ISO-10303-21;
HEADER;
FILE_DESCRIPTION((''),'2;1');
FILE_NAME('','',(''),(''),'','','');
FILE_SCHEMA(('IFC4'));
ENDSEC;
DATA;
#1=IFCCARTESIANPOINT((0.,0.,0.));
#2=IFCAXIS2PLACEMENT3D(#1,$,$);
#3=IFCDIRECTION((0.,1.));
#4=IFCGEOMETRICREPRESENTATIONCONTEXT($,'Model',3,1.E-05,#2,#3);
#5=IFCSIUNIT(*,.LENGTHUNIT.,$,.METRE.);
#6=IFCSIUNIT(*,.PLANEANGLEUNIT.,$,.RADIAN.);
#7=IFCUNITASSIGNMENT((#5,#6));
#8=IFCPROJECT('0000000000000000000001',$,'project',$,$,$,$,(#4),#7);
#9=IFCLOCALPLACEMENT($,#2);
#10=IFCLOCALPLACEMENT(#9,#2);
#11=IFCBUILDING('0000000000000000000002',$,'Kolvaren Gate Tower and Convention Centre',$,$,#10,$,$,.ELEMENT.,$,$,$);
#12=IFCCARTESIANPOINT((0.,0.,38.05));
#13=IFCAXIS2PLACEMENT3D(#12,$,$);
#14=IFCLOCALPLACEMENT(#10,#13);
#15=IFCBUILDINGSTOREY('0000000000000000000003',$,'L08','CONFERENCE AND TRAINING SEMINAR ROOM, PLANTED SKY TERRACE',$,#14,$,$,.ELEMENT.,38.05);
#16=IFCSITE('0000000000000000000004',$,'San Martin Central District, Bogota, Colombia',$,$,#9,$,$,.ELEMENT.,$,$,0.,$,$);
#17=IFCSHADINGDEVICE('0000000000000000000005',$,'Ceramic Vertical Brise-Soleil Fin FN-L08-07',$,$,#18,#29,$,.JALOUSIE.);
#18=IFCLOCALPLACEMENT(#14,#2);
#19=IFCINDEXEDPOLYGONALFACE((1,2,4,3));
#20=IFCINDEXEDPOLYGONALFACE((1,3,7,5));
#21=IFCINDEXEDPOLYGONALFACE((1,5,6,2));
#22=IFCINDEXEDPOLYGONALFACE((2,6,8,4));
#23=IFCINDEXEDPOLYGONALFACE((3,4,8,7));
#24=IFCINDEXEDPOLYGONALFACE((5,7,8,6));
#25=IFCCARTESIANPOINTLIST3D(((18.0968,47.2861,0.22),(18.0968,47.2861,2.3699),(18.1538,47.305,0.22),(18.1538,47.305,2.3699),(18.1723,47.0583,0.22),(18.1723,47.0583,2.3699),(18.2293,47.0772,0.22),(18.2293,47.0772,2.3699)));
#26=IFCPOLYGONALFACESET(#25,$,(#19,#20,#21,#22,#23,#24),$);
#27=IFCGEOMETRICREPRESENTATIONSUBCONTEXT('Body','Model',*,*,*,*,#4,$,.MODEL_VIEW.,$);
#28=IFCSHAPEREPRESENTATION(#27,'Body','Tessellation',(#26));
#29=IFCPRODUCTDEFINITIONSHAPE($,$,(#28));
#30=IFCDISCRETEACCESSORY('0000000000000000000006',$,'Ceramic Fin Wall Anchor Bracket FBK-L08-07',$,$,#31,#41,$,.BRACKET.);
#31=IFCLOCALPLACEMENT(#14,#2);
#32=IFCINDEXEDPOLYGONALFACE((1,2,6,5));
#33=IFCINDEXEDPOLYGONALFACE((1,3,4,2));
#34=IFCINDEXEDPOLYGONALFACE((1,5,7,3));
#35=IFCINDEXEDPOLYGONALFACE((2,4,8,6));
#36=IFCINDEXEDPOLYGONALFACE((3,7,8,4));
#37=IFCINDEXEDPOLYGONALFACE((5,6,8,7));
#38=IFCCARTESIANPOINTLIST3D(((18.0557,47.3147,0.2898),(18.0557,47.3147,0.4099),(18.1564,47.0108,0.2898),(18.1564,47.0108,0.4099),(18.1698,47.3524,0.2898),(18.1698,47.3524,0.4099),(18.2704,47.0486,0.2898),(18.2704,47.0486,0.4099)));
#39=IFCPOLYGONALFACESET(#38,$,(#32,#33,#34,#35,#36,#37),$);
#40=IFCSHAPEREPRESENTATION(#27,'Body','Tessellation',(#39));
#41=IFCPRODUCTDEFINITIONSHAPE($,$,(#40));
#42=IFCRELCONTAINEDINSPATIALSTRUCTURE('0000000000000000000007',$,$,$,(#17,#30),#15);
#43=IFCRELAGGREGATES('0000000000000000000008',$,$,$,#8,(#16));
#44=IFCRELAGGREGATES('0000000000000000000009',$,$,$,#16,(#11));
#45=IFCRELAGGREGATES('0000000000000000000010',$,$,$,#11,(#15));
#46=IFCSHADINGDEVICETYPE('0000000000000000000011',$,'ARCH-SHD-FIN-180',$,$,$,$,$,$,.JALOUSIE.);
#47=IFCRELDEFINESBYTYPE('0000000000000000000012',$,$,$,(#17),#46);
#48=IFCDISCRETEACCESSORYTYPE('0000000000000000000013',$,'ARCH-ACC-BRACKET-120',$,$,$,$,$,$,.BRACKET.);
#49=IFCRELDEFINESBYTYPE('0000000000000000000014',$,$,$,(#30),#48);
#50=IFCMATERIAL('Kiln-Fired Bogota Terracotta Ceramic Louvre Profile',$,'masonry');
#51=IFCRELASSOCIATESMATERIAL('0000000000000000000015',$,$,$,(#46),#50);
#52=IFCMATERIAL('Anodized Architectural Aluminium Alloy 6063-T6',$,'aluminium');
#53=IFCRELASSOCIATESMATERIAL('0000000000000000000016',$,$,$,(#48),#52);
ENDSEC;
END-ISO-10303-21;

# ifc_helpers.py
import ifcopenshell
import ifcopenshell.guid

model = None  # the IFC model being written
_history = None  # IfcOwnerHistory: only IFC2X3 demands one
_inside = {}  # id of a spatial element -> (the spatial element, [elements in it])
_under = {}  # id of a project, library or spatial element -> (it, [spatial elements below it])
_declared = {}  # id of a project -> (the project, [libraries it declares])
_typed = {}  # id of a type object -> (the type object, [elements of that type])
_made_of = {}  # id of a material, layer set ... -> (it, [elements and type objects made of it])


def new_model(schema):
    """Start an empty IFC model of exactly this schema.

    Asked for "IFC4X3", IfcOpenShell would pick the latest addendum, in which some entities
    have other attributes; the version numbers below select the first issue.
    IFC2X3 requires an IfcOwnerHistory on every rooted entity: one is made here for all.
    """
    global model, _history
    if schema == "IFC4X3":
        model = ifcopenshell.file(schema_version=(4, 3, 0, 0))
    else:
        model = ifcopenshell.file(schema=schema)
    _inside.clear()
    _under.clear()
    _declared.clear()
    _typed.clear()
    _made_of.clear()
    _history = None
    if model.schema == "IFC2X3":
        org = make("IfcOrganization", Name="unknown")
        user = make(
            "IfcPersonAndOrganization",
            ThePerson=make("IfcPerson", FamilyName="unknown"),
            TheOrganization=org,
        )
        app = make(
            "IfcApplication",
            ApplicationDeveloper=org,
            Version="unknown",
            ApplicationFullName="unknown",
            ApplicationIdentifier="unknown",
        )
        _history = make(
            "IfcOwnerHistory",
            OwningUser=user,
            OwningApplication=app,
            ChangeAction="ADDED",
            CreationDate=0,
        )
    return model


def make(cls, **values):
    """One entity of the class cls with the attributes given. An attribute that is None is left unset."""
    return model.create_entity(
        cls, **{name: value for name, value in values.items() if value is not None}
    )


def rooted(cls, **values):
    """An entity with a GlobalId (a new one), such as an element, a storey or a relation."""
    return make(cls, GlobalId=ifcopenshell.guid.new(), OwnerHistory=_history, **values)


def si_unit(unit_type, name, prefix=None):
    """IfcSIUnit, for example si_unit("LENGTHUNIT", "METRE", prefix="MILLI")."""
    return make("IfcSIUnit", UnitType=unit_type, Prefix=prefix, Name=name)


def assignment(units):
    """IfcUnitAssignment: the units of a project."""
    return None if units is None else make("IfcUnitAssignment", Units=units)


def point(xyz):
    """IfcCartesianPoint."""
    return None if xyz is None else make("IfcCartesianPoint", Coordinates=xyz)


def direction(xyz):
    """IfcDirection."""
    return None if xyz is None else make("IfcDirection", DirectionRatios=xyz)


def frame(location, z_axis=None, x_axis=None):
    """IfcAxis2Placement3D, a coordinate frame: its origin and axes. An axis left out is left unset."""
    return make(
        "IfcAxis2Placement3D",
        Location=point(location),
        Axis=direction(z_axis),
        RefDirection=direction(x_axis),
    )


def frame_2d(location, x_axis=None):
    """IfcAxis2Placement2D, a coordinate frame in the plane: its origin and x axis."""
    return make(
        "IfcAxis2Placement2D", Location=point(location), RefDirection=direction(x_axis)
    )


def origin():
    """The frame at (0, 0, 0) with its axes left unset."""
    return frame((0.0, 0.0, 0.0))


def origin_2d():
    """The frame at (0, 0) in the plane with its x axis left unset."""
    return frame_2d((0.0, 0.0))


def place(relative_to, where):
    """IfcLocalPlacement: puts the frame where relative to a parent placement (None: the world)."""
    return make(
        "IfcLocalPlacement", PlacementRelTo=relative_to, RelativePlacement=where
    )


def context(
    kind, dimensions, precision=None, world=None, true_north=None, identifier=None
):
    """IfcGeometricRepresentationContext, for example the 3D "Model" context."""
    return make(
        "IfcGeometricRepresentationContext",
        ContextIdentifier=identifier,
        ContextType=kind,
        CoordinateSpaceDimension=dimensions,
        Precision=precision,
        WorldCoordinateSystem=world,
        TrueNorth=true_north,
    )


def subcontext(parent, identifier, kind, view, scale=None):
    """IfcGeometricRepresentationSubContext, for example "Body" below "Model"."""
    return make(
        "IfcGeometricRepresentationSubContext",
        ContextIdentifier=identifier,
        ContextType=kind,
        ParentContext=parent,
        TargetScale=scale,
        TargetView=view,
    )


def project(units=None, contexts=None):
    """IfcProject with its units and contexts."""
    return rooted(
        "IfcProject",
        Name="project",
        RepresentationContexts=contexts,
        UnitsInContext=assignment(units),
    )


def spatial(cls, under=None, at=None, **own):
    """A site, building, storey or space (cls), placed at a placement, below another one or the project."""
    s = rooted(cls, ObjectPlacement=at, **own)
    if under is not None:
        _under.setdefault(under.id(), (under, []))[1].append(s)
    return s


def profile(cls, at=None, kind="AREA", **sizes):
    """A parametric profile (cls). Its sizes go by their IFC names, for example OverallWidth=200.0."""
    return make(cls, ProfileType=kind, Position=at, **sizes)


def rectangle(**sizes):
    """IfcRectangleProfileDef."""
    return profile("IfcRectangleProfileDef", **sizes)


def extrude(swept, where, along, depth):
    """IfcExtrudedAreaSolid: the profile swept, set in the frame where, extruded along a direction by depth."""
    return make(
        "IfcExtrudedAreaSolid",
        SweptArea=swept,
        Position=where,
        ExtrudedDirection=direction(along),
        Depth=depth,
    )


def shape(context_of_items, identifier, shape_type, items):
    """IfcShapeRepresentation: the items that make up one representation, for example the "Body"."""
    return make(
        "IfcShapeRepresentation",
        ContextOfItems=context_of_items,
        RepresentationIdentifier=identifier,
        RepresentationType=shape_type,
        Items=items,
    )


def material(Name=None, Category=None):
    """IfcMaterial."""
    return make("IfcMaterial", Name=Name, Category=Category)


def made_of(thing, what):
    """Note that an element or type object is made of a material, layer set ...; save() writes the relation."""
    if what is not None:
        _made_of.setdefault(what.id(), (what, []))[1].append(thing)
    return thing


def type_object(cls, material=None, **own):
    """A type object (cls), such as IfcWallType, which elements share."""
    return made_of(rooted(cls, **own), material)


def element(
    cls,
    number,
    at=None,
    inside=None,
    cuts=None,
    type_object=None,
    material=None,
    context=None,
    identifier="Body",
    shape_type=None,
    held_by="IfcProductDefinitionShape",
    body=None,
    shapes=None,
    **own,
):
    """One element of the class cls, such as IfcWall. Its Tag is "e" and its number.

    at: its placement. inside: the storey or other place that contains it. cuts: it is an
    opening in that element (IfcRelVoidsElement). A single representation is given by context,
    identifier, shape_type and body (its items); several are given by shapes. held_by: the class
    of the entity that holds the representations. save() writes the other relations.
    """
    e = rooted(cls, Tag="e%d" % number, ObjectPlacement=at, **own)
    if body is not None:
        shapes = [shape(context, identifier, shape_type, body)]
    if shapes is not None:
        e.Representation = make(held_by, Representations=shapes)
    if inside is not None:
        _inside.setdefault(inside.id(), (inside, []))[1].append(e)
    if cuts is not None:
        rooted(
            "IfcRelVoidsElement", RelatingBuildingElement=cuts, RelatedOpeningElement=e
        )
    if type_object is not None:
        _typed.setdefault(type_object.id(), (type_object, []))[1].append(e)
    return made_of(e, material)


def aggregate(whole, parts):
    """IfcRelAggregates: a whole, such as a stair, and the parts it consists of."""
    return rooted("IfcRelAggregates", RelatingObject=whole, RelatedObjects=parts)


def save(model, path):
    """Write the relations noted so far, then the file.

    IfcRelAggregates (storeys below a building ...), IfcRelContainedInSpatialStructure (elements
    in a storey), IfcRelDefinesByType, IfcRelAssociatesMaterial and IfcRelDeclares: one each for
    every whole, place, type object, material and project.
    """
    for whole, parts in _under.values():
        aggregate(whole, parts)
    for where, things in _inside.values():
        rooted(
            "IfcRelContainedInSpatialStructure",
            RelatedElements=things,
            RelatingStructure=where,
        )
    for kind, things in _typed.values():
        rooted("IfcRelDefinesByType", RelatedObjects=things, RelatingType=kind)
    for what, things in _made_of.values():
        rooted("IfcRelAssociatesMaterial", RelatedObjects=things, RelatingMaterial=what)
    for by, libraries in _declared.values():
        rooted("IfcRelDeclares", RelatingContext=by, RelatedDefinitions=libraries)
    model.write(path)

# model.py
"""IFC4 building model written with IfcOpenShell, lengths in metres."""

from ifc_helpers import new_model, si_unit, direction, frame, origin, origin_2d, place, context, subcontext, project, spatial, rectangle, extrude, material, type_object, element, save


model = new_model("IFC4")

# Units and contexts
model_context = context("Model", 3, precision=1e-05, world=origin(), true_north=direction((0.0, 1.0)))
body_context = subcontext(model_context, "Body", "Model", "MODEL_VIEW")
ifc_project = project(units=[si_unit("LENGTHUNIT", "METRE"), si_unit("PLANEANGLEUNIT", "RADIAN")], contexts=[model_context])

# Site, building, storey
site_placement = place(None, origin())
site = spatial("IfcSite", under=ifc_project, at=site_placement, Name="San Martin Central District, Bogota, Colombia", CompositionType="ELEMENT", RefElevation=0.0)
building_placement = place(site_placement, origin())
building = spatial("IfcBuilding", under=site, at=building_placement, Name="Kolvaren Gate Tower and Convention Centre", CompositionType="ELEMENT")
storey_placement = place(building_placement, frame((0.0, 0.0, 38.05)))
storey = spatial("IfcBuildingStorey", under=building, at=storey_placement, Name="L08", Description="CONFERENCE AND TRAINING SEMINAR ROOM, PLANTED SKY TERRACE", CompositionType="ELEMENT", Elevation=38.05)

# Shared definitions
ifc_material_1 = material(Name="Anodized Architectural Aluminium Alloy 6063-T6", Category="aluminium")

# Shading device
ifc_material_2 = material(Name="Kiln-Fired Bogota Terracotta Ceramic Louvre Profile", Category="masonry")
shading_device_type = type_object("IfcShadingDeviceType", Name="ARCH-SHD-FIN-180", PredefinedType="JALOUSIE", material=ifc_material_2)
shading_device_placement = place(storey_placement, frame((18.1631, 47.1816, 0.22), z_axis=(0.0, 0.0, 1.0), x_axis=(0.949243, 0.314544, 0.0)))
element("IfcShadingDevice", 1, at=shading_device_placement, inside=storey, type_object=shading_device_type, Name="Ceramic Vertical Brise-Soleil Fin FN-L08-07", PredefinedType="JALOUSIE", context=body_context, shape_type="SweptSolid", body=[
    extrude(rectangle(XDim=0.0601, YDim=0.24, at=origin_2d()), origin(), (0.0, 0.0, 1.0), 2.1499),
])

# Discrete accessory
discrete_accessory_type = type_object("IfcDiscreteAccessoryType", Name="ARCH-ACC-BRACKET-120", PredefinedType="BRACKET", material=ifc_material_1)
discrete_accessory_placement = place(storey_placement, frame((18.1631, 47.1816, 0.2898), z_axis=(0.0, 0.0, 1.0), x_axis=(0.949243, 0.314544, 0.0)))
element("IfcDiscreteAccessory", 2, at=discrete_accessory_placement, inside=storey, type_object=discrete_accessory_type, Name="Ceramic Fin Wall Anchor Bracket FBK-L08-07", PredefinedType="BRACKET", context=body_context, shape_type="SweptSolid", body=[
    extrude(rectangle(XDim=0.1201, YDim=0.3201, at=origin_2d()), origin(), (0.0, 0.0, 1.0), 0.1201),
])

save(model, "model.ifc")
